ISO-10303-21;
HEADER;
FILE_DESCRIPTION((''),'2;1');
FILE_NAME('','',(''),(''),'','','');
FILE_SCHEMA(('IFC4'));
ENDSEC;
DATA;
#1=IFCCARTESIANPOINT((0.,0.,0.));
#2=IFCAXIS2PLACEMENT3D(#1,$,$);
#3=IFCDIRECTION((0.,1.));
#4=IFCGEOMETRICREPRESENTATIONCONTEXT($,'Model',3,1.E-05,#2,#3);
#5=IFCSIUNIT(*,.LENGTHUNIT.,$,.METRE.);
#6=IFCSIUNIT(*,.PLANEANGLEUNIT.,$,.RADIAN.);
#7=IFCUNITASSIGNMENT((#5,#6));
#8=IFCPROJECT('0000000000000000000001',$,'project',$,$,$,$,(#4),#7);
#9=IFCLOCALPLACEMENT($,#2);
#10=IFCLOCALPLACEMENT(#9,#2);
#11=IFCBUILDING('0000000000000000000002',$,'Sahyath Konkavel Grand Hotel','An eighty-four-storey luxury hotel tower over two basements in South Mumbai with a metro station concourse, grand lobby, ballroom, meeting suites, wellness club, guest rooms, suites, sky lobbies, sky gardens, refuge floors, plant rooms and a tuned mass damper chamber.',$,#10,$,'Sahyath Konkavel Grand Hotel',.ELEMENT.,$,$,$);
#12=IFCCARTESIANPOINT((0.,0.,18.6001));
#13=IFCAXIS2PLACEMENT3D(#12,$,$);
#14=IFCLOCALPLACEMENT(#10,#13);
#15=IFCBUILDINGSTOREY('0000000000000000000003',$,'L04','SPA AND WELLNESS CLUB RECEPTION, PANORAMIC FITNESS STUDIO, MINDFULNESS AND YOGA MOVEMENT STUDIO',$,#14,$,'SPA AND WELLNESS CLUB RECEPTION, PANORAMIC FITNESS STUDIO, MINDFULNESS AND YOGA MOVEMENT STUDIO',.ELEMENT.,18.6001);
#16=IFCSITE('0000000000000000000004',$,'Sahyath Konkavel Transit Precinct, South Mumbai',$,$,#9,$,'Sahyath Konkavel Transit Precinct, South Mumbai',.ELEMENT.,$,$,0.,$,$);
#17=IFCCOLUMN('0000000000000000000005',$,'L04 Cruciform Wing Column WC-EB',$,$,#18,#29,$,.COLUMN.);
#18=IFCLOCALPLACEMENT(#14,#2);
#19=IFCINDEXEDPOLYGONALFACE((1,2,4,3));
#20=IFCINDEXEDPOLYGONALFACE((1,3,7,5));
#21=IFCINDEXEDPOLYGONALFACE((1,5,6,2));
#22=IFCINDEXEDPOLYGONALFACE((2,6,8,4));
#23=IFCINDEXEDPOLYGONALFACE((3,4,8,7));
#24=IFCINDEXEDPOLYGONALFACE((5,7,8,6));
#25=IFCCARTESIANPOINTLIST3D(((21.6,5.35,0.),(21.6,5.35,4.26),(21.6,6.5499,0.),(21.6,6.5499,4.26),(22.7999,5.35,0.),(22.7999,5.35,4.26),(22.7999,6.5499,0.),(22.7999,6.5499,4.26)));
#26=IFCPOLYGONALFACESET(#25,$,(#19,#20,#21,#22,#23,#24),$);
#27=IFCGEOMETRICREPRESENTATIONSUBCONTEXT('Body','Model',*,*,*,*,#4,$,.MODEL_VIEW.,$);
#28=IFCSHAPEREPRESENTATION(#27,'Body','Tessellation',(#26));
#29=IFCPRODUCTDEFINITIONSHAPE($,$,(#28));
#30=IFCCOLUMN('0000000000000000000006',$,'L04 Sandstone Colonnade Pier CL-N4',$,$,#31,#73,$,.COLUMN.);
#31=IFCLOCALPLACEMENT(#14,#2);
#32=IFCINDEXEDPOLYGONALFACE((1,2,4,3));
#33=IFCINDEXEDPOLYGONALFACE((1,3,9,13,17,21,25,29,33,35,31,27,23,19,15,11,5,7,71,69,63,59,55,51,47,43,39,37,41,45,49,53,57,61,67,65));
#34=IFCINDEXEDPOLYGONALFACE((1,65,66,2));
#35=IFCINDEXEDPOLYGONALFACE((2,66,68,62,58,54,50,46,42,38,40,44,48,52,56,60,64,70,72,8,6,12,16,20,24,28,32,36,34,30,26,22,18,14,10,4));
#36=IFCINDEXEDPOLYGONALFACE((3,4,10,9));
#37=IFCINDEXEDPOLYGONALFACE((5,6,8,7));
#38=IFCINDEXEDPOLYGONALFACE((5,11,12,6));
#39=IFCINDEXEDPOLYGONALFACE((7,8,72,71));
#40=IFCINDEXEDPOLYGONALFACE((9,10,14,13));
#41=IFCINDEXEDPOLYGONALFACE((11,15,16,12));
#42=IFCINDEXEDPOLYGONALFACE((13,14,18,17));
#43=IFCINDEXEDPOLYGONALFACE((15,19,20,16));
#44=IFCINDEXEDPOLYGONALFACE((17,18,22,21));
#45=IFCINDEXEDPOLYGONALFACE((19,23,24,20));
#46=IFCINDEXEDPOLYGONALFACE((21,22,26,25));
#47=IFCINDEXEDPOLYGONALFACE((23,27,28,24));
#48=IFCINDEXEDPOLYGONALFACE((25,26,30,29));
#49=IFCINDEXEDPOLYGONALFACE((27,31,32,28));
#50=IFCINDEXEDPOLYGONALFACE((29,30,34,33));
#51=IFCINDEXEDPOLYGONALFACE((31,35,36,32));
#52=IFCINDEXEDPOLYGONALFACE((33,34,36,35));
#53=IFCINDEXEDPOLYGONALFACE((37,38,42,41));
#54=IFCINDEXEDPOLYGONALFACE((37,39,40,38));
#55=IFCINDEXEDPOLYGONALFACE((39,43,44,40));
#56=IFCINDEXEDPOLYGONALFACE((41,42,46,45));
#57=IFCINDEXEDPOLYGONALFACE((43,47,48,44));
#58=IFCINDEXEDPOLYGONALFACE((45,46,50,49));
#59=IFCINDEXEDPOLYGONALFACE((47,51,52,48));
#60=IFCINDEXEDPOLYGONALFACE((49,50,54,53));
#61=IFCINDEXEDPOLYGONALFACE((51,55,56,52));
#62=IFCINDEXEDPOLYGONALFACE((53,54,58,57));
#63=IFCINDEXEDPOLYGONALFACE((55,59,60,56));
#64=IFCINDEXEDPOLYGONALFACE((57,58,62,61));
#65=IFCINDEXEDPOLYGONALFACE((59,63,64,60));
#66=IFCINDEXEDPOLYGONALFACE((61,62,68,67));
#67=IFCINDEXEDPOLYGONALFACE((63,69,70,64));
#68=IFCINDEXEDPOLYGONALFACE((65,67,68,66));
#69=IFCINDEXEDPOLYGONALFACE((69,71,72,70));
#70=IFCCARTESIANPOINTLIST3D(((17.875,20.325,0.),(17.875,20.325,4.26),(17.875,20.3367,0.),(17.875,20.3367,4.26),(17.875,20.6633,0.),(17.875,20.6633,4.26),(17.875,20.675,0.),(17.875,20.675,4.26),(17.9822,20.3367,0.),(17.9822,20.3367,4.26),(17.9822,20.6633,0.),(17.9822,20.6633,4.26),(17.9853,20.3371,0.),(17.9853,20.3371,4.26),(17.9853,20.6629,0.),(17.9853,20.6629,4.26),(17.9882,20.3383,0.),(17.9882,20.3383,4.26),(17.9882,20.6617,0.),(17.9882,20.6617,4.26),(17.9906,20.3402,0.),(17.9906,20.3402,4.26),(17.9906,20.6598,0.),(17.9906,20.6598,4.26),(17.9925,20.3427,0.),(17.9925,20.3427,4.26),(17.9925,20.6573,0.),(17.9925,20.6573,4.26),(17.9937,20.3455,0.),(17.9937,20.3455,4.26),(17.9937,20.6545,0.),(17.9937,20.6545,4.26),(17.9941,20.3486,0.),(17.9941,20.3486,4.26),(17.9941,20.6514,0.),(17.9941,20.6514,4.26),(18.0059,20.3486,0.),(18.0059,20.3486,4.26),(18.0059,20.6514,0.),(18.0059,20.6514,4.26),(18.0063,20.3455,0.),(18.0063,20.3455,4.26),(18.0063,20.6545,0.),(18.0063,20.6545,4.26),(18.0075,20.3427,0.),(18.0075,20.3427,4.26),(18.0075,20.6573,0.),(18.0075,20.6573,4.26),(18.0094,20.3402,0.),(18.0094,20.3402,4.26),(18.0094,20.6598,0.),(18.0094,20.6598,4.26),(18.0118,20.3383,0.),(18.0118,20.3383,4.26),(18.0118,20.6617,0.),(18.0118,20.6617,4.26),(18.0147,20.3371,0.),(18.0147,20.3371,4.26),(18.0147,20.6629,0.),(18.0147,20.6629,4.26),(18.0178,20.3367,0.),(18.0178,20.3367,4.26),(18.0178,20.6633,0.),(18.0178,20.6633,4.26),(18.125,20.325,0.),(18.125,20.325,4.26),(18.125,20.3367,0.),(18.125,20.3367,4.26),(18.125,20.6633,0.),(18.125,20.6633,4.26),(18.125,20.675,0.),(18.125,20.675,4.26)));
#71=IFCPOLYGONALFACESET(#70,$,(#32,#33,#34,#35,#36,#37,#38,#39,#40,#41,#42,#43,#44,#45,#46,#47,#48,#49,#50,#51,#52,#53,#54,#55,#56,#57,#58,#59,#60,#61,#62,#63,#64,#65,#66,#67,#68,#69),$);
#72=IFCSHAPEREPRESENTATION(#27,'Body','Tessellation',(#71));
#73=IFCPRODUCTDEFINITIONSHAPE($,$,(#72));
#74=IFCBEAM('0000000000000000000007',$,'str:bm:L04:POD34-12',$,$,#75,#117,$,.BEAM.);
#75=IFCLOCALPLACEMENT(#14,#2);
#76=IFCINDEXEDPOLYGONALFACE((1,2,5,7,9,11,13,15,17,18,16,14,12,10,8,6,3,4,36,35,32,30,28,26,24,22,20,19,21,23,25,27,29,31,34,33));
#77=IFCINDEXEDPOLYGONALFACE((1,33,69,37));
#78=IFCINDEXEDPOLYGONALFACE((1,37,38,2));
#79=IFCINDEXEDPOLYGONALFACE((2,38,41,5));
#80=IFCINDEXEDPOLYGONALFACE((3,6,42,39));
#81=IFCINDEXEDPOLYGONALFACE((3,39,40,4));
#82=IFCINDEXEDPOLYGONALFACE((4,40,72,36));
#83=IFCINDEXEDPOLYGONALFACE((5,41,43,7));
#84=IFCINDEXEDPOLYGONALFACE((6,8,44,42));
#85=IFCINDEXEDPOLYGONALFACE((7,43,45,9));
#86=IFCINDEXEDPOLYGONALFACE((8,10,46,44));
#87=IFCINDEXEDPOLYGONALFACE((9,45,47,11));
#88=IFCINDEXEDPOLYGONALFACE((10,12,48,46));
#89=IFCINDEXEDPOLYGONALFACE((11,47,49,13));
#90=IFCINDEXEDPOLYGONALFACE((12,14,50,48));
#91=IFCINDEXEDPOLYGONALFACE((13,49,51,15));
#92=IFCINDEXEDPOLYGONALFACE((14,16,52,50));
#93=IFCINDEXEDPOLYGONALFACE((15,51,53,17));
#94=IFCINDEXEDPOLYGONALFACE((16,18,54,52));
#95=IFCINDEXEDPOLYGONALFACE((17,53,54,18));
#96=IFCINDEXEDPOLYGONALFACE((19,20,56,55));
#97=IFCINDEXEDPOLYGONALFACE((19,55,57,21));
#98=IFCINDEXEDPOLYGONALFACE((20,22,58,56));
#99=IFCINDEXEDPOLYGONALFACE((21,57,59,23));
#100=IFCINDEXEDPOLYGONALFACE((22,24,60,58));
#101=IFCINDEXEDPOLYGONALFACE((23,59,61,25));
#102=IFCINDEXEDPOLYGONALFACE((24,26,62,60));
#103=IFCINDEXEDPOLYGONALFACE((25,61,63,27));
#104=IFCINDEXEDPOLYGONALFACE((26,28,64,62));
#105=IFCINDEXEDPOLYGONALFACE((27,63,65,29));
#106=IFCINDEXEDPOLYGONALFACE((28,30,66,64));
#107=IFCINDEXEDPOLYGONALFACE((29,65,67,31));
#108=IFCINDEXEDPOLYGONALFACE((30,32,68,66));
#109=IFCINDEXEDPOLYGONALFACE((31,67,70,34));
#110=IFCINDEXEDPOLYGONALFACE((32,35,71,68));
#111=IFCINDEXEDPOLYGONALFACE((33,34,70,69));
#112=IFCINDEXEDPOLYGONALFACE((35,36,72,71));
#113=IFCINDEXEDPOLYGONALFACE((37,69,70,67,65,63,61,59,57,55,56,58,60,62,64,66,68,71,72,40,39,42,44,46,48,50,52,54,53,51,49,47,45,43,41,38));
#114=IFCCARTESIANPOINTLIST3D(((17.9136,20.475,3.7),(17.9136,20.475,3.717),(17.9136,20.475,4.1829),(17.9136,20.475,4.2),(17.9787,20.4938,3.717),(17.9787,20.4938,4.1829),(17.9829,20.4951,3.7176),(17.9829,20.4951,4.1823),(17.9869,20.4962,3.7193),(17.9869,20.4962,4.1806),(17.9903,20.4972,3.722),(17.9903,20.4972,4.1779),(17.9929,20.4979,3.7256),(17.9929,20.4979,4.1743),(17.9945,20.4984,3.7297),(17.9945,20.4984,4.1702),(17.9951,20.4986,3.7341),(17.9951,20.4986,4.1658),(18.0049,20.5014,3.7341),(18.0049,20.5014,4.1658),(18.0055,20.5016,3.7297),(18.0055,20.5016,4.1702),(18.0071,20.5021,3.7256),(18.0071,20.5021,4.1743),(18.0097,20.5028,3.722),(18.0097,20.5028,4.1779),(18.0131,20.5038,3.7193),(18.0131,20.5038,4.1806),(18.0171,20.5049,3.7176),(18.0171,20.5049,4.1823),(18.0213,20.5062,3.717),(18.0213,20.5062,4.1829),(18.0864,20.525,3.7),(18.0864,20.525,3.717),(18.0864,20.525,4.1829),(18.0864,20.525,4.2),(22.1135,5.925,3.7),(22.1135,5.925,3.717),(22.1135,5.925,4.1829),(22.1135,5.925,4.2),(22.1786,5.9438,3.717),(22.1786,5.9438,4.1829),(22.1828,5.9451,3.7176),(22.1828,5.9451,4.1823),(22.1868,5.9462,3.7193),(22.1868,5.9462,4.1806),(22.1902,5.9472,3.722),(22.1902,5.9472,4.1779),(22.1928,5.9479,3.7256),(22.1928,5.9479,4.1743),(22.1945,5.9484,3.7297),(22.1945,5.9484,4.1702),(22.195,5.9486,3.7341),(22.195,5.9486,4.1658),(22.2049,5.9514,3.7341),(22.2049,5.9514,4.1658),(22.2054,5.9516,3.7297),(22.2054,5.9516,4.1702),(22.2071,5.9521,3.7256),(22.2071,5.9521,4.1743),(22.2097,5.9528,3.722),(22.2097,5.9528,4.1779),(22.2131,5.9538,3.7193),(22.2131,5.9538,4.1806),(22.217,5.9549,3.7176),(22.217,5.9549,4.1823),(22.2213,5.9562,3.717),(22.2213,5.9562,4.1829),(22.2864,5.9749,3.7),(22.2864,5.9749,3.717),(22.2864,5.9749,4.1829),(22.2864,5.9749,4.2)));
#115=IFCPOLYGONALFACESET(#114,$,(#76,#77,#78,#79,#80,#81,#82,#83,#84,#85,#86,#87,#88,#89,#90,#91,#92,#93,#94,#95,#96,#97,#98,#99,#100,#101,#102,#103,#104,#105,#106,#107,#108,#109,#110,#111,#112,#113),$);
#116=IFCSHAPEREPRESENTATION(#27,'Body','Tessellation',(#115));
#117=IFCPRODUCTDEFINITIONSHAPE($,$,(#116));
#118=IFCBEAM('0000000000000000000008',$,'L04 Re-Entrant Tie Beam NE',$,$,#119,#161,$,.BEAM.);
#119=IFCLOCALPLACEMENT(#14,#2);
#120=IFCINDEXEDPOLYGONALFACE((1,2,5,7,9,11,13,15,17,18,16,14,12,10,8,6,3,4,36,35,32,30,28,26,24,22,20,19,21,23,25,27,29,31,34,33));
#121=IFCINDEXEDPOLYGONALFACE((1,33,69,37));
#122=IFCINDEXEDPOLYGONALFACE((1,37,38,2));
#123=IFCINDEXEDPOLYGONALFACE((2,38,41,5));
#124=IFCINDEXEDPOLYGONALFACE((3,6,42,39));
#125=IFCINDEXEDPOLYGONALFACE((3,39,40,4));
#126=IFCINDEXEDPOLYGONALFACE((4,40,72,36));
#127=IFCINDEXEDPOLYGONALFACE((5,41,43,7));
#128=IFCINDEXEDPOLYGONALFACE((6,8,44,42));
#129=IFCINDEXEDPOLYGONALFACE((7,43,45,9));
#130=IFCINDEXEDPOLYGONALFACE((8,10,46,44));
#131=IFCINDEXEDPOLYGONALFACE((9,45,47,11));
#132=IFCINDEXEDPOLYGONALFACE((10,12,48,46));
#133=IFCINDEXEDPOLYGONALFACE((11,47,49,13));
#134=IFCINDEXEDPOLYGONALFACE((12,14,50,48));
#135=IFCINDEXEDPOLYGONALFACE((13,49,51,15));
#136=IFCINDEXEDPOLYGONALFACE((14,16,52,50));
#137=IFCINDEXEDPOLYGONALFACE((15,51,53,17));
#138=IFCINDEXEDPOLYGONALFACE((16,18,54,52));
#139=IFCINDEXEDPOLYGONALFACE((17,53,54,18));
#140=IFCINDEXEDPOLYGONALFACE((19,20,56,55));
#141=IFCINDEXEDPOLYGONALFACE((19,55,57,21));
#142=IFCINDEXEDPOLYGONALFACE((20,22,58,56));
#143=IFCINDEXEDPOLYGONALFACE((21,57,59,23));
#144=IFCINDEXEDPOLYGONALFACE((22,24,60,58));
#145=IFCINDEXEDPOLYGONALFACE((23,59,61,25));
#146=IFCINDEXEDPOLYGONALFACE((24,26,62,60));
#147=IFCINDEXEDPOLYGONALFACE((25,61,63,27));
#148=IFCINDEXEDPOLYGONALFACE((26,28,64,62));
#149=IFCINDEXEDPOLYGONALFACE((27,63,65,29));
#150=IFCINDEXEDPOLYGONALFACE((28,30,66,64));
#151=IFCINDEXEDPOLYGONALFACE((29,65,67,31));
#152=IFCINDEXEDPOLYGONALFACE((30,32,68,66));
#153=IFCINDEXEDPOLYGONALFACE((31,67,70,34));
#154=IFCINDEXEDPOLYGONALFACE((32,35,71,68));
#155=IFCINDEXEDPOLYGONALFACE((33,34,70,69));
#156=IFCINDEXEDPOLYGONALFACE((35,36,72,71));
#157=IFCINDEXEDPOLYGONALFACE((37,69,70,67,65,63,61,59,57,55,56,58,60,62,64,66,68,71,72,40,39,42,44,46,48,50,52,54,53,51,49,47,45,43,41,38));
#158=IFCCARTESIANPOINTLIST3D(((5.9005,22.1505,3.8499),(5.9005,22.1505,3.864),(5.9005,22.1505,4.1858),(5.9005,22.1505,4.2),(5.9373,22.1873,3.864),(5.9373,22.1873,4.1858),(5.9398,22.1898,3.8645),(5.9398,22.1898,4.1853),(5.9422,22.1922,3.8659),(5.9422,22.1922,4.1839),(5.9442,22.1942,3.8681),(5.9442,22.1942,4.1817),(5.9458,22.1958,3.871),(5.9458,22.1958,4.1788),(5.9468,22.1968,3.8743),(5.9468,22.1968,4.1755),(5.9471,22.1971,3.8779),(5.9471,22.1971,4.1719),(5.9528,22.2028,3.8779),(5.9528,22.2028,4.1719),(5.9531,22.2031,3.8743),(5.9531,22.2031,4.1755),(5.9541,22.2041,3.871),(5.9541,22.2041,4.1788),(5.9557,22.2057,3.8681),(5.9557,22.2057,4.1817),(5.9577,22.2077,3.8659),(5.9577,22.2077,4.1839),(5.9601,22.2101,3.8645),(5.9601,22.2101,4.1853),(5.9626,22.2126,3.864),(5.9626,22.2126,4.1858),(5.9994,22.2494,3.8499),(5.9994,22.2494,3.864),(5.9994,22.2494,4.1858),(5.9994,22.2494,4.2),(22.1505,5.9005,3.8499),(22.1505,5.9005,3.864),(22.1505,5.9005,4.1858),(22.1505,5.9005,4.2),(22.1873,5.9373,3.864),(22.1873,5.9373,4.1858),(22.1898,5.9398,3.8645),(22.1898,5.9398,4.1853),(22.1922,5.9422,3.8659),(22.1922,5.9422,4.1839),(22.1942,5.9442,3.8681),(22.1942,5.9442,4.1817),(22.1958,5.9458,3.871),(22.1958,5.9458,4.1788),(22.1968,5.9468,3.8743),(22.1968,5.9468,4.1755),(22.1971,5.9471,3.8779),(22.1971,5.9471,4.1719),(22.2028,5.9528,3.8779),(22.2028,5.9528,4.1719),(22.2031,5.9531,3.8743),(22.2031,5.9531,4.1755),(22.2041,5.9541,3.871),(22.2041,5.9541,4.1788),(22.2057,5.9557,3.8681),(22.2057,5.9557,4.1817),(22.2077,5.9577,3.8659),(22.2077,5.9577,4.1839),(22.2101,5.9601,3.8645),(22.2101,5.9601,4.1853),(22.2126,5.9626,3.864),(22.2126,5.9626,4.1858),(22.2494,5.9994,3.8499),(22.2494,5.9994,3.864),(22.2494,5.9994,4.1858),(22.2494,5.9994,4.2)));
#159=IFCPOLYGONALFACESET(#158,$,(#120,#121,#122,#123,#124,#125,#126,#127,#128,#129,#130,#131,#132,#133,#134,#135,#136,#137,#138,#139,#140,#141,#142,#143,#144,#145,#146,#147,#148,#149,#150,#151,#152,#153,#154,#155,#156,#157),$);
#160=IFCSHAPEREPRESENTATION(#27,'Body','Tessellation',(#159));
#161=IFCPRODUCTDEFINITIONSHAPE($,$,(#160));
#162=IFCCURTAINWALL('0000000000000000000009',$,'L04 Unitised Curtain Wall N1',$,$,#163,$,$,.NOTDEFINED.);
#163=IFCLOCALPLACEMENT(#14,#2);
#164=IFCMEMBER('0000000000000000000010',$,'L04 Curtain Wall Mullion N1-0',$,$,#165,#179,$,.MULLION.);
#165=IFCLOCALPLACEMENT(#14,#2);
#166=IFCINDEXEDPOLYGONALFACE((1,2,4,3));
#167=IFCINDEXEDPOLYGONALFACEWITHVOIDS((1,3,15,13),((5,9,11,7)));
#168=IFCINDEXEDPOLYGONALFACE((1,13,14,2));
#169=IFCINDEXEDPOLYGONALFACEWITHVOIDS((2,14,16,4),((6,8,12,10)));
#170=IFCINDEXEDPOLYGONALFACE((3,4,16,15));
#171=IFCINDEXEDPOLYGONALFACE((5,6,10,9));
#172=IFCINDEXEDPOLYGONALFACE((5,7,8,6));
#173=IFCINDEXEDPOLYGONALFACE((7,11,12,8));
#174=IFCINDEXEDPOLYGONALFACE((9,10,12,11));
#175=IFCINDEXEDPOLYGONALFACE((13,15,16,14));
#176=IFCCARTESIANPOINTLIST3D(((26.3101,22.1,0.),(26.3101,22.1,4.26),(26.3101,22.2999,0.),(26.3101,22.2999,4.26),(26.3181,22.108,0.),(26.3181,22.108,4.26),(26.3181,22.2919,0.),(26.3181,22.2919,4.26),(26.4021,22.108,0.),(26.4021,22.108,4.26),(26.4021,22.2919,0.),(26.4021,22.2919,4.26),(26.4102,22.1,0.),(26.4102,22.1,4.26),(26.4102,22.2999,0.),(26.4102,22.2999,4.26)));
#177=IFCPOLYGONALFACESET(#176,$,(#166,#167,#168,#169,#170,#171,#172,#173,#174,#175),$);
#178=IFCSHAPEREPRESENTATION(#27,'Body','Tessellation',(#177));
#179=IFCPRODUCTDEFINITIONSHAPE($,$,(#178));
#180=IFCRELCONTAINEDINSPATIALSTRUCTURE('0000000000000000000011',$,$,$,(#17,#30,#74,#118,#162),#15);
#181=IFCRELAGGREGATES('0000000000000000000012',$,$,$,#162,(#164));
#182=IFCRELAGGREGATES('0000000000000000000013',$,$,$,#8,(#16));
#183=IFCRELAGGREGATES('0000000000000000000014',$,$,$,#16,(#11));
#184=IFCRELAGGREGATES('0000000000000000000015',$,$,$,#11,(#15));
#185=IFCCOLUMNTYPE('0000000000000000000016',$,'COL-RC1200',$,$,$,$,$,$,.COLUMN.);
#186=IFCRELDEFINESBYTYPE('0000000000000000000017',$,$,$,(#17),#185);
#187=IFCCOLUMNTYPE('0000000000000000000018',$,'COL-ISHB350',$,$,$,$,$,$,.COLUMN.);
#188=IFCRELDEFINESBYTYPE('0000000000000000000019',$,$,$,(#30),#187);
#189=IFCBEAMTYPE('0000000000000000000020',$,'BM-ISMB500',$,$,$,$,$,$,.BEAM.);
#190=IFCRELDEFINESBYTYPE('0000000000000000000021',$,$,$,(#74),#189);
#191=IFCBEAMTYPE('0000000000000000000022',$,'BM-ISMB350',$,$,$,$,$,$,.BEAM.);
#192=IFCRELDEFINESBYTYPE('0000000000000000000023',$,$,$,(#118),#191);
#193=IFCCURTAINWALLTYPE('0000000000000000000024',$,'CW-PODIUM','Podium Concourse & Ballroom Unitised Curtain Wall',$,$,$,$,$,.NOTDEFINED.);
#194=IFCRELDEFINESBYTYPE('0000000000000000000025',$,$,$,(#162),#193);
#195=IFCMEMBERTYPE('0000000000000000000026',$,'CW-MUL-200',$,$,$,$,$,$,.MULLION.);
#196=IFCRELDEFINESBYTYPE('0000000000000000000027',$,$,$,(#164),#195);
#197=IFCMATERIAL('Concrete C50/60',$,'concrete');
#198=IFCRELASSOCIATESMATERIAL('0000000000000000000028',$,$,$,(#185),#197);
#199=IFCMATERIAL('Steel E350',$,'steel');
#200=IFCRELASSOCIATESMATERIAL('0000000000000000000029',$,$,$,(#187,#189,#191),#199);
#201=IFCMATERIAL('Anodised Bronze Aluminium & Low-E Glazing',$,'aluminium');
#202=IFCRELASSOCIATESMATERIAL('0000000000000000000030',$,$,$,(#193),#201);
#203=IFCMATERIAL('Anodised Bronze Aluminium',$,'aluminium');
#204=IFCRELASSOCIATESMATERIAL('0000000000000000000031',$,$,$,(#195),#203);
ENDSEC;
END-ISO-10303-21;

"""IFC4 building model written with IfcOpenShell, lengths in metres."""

from ifc_helpers import new_model, si_unit, direction, frame, origin, origin_2d, place, context, subcontext, project, spatial, rectangle, hollow_rectangle, i_section, extrude, source, transform, mapped, material, material_profile, profile_set, type_object, element, aggregate, save


model = new_model("IFC4")

# Units and contexts
model_context = context("Model", 3, precision=1e-05, world=origin(), true_north=direction((0.0, 1.0)))
body_context = subcontext(model_context, "Body", "Model", "MODEL_VIEW")
ifc_project = project(units=[si_unit("LENGTHUNIT", "METRE"), si_unit("PLANEANGLEUNIT", "RADIAN")], contexts=[model_context])

# Site, building, storey
site_placement = place(None, origin())
site = spatial("IfcSite", under=ifc_project, at=site_placement, Name="Sahyath Konkavel Transit Precinct, South Mumbai", LongName="Sahyath Konkavel Transit Precinct, South Mumbai", CompositionType="ELEMENT", RefElevation=0.0)
building_placement = place(site_placement, origin())
building = spatial("IfcBuilding", under=site, at=building_placement, Name="Sahyath Konkavel Grand Hotel", Description="An eighty-four-storey luxury hotel tower over two basements in South Mumbai with a metro station concourse, grand lobby, ballroom, meeting suites, wellness club, guest rooms, suites, sky lobbies, sky gardens, refuge floors, plant rooms and a tuned mass damper chamber.", LongName="Sahyath Konkavel Grand Hotel", CompositionType="ELEMENT")
storey_placement = place(building_placement, frame((0.0, 0.0, 18.6001)))
storey = spatial("IfcBuildingStorey", under=building, at=storey_placement, Name="L04", Description="SPA AND WELLNESS CLUB RECEPTION, PANORAMIC FITNESS STUDIO, MINDFULNESS AND YOGA MOVEMENT STUDIO", LongName="SPA AND WELLNESS CLUB RECEPTION, PANORAMIC FITNESS STUDIO, MINDFULNESS AND YOGA MOVEMENT STUDIO", CompositionType="ELEMENT", Elevation=18.6001)

# Columns
ifc_material_1 = material(Name="Concrete C50/60", Category="concrete")
ifc_material_profile_1 = material_profile(ifc_material_1, rectangle(XDim=1.2, YDim=1.2, at=origin_2d()), Name="RC 1200x1200")
ifc_profile_set_1 = profile_set([ifc_material_profile_1], Name="Concrete C50/60")
column_type_1 = type_object("IfcColumnType", Name="COL-RC1200", PredefinedType="COLUMN", material=ifc_profile_set_1)
shared_shape_1 = source(origin(), body_context, "Body", "SweptSolid", [
    extrude(rectangle(XDim=1.2, YDim=1.2, at=origin_2d()), origin(), (0.0, 0.0, 1.0), 4.26),
])
column_1_placement = place(storey_placement, frame((22.2, 5.95, 0.0), z_axis=(0.0, 0.0, 1.0), x_axis=(1.0, 0.0, 0.0)))
element("IfcColumn", 1, at=column_1_placement, inside=storey, type_object=column_type_1, Name="L04 Cruciform Wing Column WC-EB", PredefinedType="COLUMN", context=body_context, shape_type="MappedRepresentation", body=[
    mapped(shared_shape_1, transform((0.0, 0.0, 0.0), scale=1.0)),
])
ifc_material_2 = material(Name="Steel E350", Category="steel")
ifc_material_profile_2 = material_profile(ifc_material_2, i_section(OverallWidth=0.25, OverallDepth=0.3501, WebThickness=0.0117, FlangeThickness=0.0117, FilletRadius=0.012, at=origin_2d()), Name="ISHB 350")
ifc_profile_set_2 = profile_set([ifc_material_profile_2], Name="Steel E350")
column_type_2 = type_object("IfcColumnType", Name="COL-ISHB350", PredefinedType="COLUMN", material=ifc_profile_set_2)
shared_shape_2 = source(origin(), body_context, "Body", "SweptSolid", [
    extrude(i_section(OverallWidth=0.25, OverallDepth=0.3501, WebThickness=0.0117, FlangeThickness=0.0117, FilletRadius=0.012, at=origin_2d()), origin(), (0.0, 0.0, 1.0), 4.26),
])
column_2_placement = place(storey_placement, frame((18.0, 20.5, 0.0), z_axis=(0.0, 0.0, 1.0), x_axis=(1.0, 0.0, 0.0)))
element("IfcColumn", 2, at=column_2_placement, inside=storey, type_object=column_type_2, Name="L04 Sandstone Colonnade Pier CL-N4", PredefinedType="COLUMN", context=body_context, shape_type="MappedRepresentation", body=[
    mapped(shared_shape_2, transform((0.0, 0.0, 0.0), scale=1.0)),
])

# Beams
ifc_material_profile_3 = material_profile(ifc_material_2, i_section(OverallWidth=0.1799, OverallDepth=0.5, WebThickness=0.0103, FlangeThickness=0.0171, FilletRadius=0.0171, at=origin_2d()), Name="ISMB 500")
ifc_profile_set_3 = profile_set([ifc_material_profile_3], Name="Steel E350")
beam_type_1 = type_object("IfcBeamType", Name="BM-ISMB500", PredefinedType="BEAM", material=ifc_profile_set_3)
shared_shape_3 = source(origin(), body_context, "Body", "SweptSolid", [
    extrude(i_section(OverallWidth=0.1799, OverallDepth=0.5, WebThickness=0.0103, FlangeThickness=0.0171, FilletRadius=0.0171, at=origin_2d()), origin(), (0.0, 0.0, 1.0), 15.144),
])
beam_1_placement = place(storey_placement, frame((18.0, 20.5, 3.95), z_axis=(0.277333, -0.960774, 0.0), x_axis=(0.960774, 0.277333, 0.0)))
element("IfcBeam", 3, at=beam_1_placement, inside=storey, type_object=beam_type_1, Name="str:bm:L04:POD34-12", PredefinedType="BEAM", context=body_context, shape_type="MappedRepresentation", body=[
    mapped(shared_shape_3, transform((0.0, 0.0, 0.0), scale=1.0)),
])
ifc_material_profile_4 = material_profile(ifc_material_2, i_section(OverallWidth=0.1399, OverallDepth=0.3501, WebThickness=0.0081, FlangeThickness=0.0142, FilletRadius=0.0139, at=origin_2d()), Name="ISMB 350")
ifc_profile_set_4 = profile_set([ifc_material_profile_4], Name="Steel E350")
beam_type_2 = type_object("IfcBeamType", Name="BM-ISMB350", PredefinedType="BEAM", material=ifc_profile_set_4)
shared_shape_4 = source(origin(), body_context, "Body", "SweptSolid", [
    extrude(i_section(OverallWidth=0.1399, OverallDepth=0.3501, WebThickness=0.0081, FlangeThickness=0.0142, FilletRadius=0.0139, at=origin_2d()), origin(), (0.0, 0.0, 1.0), 22.981),
])
beam_2_placement = place(storey_placement, frame((22.2, 5.95, 4.0249), z_axis=(-0.707107, 0.707107, 0.0), x_axis=(-0.707107, -0.707107, 0.0)))
element("IfcBeam", 4, at=beam_2_placement, inside=storey, type_object=beam_type_2, Name="L04 Re-Entrant Tie Beam NE", PredefinedType="BEAM", context=body_context, shape_type="MappedRepresentation", body=[
    mapped(shared_shape_4, transform((0.0, 0.0, 0.0), scale=1.0)),
])

# Curtain wall, member
ifc_material_3 = material(Name="Anodised Bronze Aluminium & Low-E Glazing", Category="aluminium")
curtain_wall_type = type_object("IfcCurtainWallType", Name="CW-PODIUM", Description="Podium Concourse & Ballroom Unitised Curtain Wall", PredefinedType="NOTDEFINED", material=ifc_material_3)
curtain_wall_placement = place(storey_placement, origin())
curtain_wall = element("IfcCurtainWall", 5, at=curtain_wall_placement, inside=storey, type_object=curtain_wall_type, Name="L04 Unitised Curtain Wall N1", PredefinedType="NOTDEFINED")
ifc_material_4 = material(Name="Anodised Bronze Aluminium", Category="aluminium")
ifc_material_profile_5 = material_profile(ifc_material_4, hollow_rectangle(XDim=0.1001, YDim=0.2, WallThickness=0.0081, at=origin_2d()), Name="RHS 200x100x8")
ifc_profile_set_5 = profile_set([ifc_material_profile_5], Name="Anodised Bronze Aluminium")
member_type_1 = type_object("IfcMemberType", Name="CW-MUL-200", PredefinedType="MULLION", material=ifc_profile_set_5)
shared_shape_5 = source(origin(), body_context, "Body", "SweptSolid", [
    extrude(hollow_rectangle(XDim=0.1001, YDim=0.2, WallThickness=0.0081, at=origin_2d()), origin(), (0.0, 0.0, 1.0), 4.26),
])
member_1_placement = place(storey_placement, frame((26.3601, 22.2, 0.0), z_axis=(0.0, 0.0, 1.0), x_axis=(1.0, 0.0, 0.0)))
member_1 = element("IfcMember", 6, at=member_1_placement, type_object=member_type_1, Name="L04 Curtain Wall Mullion N1-0", PredefinedType="MULLION", context=body_context, shape_type="MappedRepresentation", body=[
    mapped(shared_shape_5, transform((0.0, 0.0, 0.0), scale=1.0)),
])
aggregate(curtain_wall, [member_1])

save(model, "model.ifc")
